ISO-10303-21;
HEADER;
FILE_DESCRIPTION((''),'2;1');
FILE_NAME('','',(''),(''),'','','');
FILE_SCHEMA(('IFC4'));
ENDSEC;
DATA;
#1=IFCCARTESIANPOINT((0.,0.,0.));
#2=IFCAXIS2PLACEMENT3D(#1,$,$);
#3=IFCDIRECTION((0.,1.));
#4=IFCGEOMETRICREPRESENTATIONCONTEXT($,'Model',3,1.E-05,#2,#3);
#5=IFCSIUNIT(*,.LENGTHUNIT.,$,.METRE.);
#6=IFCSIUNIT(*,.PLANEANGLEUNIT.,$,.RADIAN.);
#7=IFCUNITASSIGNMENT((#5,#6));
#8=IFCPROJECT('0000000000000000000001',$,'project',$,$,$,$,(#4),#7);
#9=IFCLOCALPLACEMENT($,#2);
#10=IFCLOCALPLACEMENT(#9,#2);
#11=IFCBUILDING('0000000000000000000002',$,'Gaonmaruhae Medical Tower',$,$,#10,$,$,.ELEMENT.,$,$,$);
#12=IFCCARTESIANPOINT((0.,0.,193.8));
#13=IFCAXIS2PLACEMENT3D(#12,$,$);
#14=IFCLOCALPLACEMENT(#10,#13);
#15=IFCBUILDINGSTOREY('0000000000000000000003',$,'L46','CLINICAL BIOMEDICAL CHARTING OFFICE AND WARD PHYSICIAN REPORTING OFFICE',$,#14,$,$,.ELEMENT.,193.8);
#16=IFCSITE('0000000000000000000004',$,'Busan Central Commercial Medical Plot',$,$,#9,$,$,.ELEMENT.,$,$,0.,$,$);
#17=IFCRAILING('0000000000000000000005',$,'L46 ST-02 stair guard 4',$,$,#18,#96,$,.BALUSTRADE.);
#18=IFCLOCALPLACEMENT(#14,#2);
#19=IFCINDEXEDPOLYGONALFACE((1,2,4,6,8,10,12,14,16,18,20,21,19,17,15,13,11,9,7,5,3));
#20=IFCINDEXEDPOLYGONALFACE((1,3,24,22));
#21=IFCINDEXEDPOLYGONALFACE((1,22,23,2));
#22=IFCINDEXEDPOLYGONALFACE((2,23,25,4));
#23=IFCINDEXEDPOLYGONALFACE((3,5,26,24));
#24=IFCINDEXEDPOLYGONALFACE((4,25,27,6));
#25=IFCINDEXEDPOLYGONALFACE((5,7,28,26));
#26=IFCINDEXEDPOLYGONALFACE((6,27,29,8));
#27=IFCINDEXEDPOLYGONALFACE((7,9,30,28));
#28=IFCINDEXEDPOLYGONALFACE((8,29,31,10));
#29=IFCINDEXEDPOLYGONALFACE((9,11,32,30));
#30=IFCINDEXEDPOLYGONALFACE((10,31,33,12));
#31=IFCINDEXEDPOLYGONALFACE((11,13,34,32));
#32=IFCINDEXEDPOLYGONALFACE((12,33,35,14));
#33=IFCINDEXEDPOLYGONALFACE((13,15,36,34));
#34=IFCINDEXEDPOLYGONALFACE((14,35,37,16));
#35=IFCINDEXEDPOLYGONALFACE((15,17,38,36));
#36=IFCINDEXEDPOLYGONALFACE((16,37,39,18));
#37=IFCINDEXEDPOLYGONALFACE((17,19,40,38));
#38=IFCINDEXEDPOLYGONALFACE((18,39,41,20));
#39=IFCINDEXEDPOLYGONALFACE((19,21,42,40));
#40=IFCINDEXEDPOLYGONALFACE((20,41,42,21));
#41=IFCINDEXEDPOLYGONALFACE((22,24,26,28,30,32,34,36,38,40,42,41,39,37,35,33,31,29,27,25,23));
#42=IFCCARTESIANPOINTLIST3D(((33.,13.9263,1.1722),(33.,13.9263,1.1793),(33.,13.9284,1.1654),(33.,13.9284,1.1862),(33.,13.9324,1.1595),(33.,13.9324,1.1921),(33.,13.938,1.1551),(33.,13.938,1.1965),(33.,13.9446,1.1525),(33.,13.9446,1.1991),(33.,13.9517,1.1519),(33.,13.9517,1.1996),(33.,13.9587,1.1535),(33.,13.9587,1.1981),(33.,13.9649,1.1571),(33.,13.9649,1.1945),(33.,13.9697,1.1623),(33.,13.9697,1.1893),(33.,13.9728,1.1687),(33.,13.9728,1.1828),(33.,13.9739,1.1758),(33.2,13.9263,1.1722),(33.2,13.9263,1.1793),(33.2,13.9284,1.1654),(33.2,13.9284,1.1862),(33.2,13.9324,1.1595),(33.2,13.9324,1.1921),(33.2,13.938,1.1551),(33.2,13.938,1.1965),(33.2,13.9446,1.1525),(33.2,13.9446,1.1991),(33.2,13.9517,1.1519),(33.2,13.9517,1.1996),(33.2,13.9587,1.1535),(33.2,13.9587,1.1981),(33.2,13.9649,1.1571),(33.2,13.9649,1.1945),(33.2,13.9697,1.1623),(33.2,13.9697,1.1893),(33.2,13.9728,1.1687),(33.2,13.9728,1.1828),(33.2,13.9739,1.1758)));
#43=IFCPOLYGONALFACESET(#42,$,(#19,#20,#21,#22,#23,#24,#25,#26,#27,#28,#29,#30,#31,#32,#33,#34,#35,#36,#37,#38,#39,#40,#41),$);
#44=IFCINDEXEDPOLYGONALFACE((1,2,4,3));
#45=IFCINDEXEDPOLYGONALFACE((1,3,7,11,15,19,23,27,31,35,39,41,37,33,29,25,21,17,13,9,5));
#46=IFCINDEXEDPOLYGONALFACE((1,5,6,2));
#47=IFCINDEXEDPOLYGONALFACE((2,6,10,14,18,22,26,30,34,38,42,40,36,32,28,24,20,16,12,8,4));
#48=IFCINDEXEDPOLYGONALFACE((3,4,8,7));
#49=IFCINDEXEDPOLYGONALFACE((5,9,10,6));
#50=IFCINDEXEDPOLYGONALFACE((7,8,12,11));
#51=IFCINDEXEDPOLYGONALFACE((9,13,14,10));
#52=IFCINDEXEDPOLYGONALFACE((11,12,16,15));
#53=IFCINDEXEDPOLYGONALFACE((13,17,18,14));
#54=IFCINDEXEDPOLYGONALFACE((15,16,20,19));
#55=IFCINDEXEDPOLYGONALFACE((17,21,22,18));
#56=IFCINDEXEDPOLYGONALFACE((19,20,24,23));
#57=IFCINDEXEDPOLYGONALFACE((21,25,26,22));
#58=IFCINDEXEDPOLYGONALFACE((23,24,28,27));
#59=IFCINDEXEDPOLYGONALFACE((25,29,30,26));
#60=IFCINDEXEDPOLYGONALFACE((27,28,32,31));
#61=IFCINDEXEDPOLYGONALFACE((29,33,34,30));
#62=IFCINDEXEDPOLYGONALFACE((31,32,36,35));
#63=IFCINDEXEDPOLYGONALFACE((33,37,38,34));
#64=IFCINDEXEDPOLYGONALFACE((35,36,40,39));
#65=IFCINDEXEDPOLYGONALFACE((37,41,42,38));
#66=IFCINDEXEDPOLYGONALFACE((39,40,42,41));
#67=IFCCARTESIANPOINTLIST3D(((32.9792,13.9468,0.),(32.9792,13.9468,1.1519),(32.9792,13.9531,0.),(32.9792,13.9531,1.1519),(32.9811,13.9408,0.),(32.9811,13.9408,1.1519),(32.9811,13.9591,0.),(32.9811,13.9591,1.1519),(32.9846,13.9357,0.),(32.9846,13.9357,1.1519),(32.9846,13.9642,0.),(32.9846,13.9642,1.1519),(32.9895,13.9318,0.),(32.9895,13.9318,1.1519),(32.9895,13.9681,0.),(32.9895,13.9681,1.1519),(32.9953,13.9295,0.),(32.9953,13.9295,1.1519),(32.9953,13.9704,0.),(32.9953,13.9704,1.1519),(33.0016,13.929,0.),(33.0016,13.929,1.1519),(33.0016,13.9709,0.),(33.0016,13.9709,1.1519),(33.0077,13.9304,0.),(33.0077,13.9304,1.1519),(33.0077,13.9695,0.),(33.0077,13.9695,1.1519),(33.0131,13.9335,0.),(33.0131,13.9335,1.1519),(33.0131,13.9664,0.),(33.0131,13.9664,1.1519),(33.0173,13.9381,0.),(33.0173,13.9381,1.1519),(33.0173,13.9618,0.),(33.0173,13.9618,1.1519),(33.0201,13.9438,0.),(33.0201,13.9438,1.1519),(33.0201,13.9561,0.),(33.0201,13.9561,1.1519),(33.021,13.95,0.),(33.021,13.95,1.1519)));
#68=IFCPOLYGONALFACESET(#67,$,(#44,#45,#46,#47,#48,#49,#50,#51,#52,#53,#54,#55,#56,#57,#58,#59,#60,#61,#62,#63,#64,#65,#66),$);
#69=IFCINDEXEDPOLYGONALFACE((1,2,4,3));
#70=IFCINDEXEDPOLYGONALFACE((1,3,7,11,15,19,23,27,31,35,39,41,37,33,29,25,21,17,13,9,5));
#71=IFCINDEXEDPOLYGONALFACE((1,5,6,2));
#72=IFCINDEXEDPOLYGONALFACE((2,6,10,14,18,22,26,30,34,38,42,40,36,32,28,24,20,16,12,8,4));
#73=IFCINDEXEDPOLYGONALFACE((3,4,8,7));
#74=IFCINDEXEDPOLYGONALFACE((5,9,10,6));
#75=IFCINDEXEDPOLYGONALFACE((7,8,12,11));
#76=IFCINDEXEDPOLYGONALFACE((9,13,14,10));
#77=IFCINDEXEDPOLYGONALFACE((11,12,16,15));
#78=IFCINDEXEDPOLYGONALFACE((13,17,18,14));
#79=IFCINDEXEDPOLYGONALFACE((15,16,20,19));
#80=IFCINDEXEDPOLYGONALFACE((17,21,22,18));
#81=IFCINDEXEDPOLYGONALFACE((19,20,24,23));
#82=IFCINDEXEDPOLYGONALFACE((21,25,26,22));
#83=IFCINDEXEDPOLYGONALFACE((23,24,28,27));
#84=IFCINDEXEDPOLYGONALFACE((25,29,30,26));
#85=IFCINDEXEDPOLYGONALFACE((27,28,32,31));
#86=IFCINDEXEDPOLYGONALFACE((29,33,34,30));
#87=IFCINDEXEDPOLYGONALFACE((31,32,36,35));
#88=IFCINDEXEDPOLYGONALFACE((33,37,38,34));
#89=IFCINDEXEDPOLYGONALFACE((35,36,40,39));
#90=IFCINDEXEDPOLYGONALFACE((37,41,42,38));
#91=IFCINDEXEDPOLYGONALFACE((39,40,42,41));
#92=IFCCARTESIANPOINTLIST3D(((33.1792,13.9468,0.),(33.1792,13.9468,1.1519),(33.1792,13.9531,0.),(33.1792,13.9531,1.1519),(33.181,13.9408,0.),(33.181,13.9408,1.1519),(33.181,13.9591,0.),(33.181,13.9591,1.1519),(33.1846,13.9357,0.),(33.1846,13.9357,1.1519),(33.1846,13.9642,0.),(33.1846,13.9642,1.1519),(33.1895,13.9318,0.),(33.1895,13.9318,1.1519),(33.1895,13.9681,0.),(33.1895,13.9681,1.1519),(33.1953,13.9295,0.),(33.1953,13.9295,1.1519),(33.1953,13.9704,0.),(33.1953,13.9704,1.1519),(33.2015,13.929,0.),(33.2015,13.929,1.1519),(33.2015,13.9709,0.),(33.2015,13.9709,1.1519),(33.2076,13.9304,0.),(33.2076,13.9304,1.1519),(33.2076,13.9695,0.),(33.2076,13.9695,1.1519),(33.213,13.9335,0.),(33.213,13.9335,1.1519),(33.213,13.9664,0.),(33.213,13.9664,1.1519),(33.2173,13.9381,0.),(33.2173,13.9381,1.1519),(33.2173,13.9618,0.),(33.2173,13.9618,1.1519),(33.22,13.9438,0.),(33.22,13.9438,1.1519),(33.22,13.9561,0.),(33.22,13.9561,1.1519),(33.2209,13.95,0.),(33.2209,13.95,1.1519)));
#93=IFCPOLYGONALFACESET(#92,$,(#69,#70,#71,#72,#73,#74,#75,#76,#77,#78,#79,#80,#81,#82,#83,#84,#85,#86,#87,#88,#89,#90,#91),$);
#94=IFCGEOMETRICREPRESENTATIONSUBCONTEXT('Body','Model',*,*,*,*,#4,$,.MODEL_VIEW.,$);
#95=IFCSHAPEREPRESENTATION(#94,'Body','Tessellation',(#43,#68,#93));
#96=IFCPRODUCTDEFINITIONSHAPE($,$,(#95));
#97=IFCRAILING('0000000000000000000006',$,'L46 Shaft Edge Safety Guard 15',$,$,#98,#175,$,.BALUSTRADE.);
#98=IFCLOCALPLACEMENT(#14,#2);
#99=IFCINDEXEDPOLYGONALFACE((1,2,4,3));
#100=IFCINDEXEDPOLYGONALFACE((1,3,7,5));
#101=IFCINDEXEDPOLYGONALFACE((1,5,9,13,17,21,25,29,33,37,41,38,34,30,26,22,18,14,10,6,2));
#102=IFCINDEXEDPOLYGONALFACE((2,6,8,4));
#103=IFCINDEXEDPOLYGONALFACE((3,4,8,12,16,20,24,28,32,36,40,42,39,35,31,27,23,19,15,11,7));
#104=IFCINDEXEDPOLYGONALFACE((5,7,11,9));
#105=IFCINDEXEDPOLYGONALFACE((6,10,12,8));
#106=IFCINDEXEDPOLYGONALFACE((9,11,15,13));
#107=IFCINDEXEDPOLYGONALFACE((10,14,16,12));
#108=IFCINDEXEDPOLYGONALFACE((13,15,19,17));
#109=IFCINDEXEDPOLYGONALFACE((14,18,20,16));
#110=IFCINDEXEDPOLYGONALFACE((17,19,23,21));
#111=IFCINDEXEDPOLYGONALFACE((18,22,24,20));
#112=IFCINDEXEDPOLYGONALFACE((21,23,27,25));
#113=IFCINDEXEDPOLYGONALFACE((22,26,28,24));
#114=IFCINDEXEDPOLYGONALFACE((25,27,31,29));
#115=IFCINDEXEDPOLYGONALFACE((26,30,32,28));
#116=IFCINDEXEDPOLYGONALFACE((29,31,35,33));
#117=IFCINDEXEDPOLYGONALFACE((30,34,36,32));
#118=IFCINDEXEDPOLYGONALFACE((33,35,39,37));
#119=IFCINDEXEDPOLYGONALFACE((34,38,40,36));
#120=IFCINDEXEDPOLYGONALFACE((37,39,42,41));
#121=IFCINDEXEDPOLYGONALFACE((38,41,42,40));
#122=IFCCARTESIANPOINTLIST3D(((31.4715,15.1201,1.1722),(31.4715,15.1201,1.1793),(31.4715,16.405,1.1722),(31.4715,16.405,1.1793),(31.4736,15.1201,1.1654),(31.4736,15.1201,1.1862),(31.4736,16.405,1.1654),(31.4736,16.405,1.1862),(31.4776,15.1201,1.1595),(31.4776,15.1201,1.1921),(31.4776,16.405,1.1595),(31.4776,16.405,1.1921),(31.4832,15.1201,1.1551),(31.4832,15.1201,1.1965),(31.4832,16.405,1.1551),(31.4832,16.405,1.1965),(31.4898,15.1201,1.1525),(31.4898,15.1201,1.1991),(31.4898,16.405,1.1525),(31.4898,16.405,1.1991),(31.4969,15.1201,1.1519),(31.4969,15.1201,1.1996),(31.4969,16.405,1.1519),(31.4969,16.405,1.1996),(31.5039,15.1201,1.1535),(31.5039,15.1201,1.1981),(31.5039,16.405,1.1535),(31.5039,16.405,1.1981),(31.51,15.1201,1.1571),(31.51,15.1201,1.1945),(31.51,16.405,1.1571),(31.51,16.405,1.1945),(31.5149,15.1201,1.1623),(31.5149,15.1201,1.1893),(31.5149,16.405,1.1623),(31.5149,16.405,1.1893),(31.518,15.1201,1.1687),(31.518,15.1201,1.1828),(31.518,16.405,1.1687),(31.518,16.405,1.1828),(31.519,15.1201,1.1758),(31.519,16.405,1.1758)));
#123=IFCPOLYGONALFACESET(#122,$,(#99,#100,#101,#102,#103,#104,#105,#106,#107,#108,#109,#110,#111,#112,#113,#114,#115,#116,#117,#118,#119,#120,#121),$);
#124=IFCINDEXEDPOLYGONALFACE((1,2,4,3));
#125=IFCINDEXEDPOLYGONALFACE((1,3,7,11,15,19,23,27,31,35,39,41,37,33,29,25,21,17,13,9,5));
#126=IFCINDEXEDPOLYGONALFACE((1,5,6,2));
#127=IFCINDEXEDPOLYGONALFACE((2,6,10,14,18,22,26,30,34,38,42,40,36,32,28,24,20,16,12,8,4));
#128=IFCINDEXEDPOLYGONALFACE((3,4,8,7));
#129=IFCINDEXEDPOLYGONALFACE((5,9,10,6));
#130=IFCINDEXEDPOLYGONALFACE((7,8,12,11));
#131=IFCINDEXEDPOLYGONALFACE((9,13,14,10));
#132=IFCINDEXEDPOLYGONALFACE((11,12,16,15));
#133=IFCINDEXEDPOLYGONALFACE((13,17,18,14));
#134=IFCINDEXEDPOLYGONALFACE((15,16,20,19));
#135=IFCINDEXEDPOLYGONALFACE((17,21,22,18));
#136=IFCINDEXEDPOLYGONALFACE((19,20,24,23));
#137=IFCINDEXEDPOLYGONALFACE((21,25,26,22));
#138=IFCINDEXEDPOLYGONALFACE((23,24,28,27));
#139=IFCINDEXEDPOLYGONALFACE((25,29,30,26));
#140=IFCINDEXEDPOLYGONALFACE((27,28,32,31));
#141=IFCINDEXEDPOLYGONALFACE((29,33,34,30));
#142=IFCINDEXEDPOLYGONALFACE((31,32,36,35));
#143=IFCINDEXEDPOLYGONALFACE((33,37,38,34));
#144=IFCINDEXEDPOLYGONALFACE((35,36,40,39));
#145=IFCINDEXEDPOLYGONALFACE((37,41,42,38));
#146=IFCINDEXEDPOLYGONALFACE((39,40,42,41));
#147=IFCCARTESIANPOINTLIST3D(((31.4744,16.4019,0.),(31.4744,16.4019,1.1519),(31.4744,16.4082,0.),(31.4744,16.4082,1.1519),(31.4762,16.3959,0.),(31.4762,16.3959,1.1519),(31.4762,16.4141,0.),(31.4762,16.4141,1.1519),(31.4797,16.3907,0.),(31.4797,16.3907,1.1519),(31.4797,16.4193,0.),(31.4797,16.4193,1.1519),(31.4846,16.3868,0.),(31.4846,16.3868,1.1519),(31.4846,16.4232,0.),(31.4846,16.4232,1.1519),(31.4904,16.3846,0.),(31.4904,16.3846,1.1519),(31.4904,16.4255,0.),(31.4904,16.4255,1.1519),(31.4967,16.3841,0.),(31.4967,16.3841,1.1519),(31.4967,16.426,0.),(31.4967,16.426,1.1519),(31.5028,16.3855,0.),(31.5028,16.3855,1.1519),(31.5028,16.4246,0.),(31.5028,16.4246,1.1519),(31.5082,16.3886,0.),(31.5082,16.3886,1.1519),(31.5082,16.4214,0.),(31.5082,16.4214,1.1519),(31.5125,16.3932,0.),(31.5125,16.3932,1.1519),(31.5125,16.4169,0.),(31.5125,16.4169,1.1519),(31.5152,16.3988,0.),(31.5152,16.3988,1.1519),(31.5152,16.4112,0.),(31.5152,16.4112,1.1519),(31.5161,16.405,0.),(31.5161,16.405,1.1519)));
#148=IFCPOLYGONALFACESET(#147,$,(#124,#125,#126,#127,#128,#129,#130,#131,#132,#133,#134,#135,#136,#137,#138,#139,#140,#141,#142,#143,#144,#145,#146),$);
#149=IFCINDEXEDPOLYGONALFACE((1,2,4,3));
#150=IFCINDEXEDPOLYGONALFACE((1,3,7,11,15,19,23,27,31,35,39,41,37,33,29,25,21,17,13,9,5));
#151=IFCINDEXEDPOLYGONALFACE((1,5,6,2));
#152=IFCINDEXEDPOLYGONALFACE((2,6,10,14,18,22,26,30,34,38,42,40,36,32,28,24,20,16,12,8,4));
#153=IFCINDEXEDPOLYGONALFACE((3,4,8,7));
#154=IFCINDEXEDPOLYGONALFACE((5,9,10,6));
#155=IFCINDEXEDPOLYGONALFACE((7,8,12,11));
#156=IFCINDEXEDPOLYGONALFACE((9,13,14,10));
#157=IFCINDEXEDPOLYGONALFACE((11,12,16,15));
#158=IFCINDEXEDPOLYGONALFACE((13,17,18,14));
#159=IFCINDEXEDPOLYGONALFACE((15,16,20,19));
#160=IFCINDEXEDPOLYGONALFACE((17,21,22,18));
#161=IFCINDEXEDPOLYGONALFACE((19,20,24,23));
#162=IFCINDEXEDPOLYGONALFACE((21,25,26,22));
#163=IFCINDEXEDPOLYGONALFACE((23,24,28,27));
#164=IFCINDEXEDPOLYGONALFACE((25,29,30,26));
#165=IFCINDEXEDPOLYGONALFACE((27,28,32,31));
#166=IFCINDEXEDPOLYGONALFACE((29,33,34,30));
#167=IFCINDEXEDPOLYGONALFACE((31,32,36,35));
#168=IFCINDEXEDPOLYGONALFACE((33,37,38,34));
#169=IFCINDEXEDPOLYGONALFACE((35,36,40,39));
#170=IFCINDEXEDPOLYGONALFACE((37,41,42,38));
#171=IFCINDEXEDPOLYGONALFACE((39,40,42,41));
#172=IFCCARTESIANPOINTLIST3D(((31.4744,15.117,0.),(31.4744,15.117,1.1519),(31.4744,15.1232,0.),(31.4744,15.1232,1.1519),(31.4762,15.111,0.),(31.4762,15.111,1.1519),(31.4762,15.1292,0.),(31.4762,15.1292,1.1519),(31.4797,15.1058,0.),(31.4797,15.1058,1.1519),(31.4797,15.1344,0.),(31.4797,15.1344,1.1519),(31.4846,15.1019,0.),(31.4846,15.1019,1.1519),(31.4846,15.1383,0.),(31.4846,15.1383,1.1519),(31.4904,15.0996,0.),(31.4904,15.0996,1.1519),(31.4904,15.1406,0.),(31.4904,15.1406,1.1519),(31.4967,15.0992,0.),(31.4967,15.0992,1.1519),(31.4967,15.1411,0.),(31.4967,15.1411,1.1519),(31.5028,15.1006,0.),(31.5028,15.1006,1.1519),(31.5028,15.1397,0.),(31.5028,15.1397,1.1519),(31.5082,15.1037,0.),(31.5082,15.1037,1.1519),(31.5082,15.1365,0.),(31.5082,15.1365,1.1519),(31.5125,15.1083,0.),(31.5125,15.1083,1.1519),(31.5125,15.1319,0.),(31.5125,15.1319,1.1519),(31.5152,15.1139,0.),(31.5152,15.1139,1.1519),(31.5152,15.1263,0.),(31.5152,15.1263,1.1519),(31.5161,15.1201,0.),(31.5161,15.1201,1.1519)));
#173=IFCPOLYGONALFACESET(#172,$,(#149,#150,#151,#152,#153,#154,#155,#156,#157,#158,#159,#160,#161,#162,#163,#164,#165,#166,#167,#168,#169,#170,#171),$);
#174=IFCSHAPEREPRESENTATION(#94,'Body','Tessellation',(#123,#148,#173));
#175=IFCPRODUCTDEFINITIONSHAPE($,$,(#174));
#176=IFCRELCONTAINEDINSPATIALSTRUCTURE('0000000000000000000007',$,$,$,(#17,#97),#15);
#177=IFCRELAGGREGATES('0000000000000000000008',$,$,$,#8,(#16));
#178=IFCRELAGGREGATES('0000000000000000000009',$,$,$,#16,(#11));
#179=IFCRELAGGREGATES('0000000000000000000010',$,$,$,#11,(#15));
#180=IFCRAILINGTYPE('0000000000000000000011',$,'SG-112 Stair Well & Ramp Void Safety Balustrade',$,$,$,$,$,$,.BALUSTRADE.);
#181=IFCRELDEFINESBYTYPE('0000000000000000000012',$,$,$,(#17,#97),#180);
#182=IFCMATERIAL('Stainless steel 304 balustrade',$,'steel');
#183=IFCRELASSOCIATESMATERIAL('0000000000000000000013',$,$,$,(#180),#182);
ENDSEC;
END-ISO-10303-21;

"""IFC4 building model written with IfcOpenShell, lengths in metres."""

from ifc_helpers import new_model, si_unit, direction, frame, origin, origin_2d, place, context, subcontext, project, spatial, circle, extrude, material, type_object, element, save


model = new_model("IFC4")

# Units and contexts
model_context = context("Model", 3, precision=1e-05, world=origin(), true_north=direction((0.0, 1.0)))
body_context = subcontext(model_context, "Body", "Model", "MODEL_VIEW")
ifc_project = project(units=[si_unit("LENGTHUNIT", "METRE"), si_unit("PLANEANGLEUNIT", "RADIAN")], contexts=[model_context])

# Site, building, storey
site_placement = place(None, origin())
site = spatial("IfcSite", under=ifc_project, at=site_placement, Name="Busan Central Commercial Medical Plot", CompositionType="ELEMENT", RefElevation=0.0)
building_placement = place(site_placement, origin())
building = spatial("IfcBuilding", under=site, at=building_placement, Name="Gaonmaruhae Medical Tower", CompositionType="ELEMENT")
storey_placement = place(building_placement, frame((0.0, 0.0, 193.8)))
storey = spatial("IfcBuildingStorey", under=building, at=storey_placement, Name="L46", Description="CLINICAL BIOMEDICAL CHARTING OFFICE AND WARD PHYSICIAN REPORTING OFFICE", CompositionType="ELEMENT", Elevation=193.8)

# Railings
ifc_material_1 = material(Name="Stainless steel 304 balustrade", Category="steel")
railing_type_1 = type_object("IfcRailingType", Name="SG-112 Stair Well & Ramp Void Safety Balustrade", PredefinedType="BALUSTRADE", material=ifc_material_1)
railing_1_placement = place(storey_placement, frame((33.0, 13.95, 0.0)))
element("IfcRailing", 1, at=railing_1_placement, inside=storey, type_object=railing_type_1, Name="L46 ST-02 stair guard 4", PredefinedType="BALUSTRADE", context=body_context, shape_type="SweptSolid", body=[
    extrude(circle(Radius=0.0239, at=origin_2d()), frame((0.0, 0.0, 1.1758), z_axis=(1.0, 0.0, 0.0), x_axis=(0.0, 1.0, 0.0)), (0.0, 0.0, 1.0), 0.2),
    extrude(circle(Radius=0.021, at=origin_2d()), origin(), (0.0, 0.0, 1.0), 1.1519),
    extrude(circle(Radius=0.021, at=origin_2d()), frame((0.2, 0.0, 0.0)), (0.0, 0.0, 1.0), 1.1519),
])
railing_2_placement = place(storey_placement, frame((31.4951, 16.405, 0.0)))
element("IfcRailing", 2, at=railing_2_placement, inside=storey, type_object=railing_type_1, Name="L46 Shaft Edge Safety Guard 15", PredefinedType="BALUSTRADE", context=body_context, shape_type="SweptSolid", body=[
    extrude(circle(Radius=0.0239, at=origin_2d()), frame((0.0, 0.0, 1.1758), z_axis=(0.0, -1.0, 0.0), x_axis=(1.0, 0.0, 0.0)), (0.0, 0.0, 1.0), 1.2849),
    extrude(circle(Radius=0.021, at=origin_2d()), origin(), (0.0, 0.0, 1.0), 1.1519),
    extrude(circle(Radius=0.021, at=origin_2d()), frame((0.0, -1.2849, 0.0)), (0.0, 0.0, 1.0), 1.1519),
])

save(model, "model.ifc")
